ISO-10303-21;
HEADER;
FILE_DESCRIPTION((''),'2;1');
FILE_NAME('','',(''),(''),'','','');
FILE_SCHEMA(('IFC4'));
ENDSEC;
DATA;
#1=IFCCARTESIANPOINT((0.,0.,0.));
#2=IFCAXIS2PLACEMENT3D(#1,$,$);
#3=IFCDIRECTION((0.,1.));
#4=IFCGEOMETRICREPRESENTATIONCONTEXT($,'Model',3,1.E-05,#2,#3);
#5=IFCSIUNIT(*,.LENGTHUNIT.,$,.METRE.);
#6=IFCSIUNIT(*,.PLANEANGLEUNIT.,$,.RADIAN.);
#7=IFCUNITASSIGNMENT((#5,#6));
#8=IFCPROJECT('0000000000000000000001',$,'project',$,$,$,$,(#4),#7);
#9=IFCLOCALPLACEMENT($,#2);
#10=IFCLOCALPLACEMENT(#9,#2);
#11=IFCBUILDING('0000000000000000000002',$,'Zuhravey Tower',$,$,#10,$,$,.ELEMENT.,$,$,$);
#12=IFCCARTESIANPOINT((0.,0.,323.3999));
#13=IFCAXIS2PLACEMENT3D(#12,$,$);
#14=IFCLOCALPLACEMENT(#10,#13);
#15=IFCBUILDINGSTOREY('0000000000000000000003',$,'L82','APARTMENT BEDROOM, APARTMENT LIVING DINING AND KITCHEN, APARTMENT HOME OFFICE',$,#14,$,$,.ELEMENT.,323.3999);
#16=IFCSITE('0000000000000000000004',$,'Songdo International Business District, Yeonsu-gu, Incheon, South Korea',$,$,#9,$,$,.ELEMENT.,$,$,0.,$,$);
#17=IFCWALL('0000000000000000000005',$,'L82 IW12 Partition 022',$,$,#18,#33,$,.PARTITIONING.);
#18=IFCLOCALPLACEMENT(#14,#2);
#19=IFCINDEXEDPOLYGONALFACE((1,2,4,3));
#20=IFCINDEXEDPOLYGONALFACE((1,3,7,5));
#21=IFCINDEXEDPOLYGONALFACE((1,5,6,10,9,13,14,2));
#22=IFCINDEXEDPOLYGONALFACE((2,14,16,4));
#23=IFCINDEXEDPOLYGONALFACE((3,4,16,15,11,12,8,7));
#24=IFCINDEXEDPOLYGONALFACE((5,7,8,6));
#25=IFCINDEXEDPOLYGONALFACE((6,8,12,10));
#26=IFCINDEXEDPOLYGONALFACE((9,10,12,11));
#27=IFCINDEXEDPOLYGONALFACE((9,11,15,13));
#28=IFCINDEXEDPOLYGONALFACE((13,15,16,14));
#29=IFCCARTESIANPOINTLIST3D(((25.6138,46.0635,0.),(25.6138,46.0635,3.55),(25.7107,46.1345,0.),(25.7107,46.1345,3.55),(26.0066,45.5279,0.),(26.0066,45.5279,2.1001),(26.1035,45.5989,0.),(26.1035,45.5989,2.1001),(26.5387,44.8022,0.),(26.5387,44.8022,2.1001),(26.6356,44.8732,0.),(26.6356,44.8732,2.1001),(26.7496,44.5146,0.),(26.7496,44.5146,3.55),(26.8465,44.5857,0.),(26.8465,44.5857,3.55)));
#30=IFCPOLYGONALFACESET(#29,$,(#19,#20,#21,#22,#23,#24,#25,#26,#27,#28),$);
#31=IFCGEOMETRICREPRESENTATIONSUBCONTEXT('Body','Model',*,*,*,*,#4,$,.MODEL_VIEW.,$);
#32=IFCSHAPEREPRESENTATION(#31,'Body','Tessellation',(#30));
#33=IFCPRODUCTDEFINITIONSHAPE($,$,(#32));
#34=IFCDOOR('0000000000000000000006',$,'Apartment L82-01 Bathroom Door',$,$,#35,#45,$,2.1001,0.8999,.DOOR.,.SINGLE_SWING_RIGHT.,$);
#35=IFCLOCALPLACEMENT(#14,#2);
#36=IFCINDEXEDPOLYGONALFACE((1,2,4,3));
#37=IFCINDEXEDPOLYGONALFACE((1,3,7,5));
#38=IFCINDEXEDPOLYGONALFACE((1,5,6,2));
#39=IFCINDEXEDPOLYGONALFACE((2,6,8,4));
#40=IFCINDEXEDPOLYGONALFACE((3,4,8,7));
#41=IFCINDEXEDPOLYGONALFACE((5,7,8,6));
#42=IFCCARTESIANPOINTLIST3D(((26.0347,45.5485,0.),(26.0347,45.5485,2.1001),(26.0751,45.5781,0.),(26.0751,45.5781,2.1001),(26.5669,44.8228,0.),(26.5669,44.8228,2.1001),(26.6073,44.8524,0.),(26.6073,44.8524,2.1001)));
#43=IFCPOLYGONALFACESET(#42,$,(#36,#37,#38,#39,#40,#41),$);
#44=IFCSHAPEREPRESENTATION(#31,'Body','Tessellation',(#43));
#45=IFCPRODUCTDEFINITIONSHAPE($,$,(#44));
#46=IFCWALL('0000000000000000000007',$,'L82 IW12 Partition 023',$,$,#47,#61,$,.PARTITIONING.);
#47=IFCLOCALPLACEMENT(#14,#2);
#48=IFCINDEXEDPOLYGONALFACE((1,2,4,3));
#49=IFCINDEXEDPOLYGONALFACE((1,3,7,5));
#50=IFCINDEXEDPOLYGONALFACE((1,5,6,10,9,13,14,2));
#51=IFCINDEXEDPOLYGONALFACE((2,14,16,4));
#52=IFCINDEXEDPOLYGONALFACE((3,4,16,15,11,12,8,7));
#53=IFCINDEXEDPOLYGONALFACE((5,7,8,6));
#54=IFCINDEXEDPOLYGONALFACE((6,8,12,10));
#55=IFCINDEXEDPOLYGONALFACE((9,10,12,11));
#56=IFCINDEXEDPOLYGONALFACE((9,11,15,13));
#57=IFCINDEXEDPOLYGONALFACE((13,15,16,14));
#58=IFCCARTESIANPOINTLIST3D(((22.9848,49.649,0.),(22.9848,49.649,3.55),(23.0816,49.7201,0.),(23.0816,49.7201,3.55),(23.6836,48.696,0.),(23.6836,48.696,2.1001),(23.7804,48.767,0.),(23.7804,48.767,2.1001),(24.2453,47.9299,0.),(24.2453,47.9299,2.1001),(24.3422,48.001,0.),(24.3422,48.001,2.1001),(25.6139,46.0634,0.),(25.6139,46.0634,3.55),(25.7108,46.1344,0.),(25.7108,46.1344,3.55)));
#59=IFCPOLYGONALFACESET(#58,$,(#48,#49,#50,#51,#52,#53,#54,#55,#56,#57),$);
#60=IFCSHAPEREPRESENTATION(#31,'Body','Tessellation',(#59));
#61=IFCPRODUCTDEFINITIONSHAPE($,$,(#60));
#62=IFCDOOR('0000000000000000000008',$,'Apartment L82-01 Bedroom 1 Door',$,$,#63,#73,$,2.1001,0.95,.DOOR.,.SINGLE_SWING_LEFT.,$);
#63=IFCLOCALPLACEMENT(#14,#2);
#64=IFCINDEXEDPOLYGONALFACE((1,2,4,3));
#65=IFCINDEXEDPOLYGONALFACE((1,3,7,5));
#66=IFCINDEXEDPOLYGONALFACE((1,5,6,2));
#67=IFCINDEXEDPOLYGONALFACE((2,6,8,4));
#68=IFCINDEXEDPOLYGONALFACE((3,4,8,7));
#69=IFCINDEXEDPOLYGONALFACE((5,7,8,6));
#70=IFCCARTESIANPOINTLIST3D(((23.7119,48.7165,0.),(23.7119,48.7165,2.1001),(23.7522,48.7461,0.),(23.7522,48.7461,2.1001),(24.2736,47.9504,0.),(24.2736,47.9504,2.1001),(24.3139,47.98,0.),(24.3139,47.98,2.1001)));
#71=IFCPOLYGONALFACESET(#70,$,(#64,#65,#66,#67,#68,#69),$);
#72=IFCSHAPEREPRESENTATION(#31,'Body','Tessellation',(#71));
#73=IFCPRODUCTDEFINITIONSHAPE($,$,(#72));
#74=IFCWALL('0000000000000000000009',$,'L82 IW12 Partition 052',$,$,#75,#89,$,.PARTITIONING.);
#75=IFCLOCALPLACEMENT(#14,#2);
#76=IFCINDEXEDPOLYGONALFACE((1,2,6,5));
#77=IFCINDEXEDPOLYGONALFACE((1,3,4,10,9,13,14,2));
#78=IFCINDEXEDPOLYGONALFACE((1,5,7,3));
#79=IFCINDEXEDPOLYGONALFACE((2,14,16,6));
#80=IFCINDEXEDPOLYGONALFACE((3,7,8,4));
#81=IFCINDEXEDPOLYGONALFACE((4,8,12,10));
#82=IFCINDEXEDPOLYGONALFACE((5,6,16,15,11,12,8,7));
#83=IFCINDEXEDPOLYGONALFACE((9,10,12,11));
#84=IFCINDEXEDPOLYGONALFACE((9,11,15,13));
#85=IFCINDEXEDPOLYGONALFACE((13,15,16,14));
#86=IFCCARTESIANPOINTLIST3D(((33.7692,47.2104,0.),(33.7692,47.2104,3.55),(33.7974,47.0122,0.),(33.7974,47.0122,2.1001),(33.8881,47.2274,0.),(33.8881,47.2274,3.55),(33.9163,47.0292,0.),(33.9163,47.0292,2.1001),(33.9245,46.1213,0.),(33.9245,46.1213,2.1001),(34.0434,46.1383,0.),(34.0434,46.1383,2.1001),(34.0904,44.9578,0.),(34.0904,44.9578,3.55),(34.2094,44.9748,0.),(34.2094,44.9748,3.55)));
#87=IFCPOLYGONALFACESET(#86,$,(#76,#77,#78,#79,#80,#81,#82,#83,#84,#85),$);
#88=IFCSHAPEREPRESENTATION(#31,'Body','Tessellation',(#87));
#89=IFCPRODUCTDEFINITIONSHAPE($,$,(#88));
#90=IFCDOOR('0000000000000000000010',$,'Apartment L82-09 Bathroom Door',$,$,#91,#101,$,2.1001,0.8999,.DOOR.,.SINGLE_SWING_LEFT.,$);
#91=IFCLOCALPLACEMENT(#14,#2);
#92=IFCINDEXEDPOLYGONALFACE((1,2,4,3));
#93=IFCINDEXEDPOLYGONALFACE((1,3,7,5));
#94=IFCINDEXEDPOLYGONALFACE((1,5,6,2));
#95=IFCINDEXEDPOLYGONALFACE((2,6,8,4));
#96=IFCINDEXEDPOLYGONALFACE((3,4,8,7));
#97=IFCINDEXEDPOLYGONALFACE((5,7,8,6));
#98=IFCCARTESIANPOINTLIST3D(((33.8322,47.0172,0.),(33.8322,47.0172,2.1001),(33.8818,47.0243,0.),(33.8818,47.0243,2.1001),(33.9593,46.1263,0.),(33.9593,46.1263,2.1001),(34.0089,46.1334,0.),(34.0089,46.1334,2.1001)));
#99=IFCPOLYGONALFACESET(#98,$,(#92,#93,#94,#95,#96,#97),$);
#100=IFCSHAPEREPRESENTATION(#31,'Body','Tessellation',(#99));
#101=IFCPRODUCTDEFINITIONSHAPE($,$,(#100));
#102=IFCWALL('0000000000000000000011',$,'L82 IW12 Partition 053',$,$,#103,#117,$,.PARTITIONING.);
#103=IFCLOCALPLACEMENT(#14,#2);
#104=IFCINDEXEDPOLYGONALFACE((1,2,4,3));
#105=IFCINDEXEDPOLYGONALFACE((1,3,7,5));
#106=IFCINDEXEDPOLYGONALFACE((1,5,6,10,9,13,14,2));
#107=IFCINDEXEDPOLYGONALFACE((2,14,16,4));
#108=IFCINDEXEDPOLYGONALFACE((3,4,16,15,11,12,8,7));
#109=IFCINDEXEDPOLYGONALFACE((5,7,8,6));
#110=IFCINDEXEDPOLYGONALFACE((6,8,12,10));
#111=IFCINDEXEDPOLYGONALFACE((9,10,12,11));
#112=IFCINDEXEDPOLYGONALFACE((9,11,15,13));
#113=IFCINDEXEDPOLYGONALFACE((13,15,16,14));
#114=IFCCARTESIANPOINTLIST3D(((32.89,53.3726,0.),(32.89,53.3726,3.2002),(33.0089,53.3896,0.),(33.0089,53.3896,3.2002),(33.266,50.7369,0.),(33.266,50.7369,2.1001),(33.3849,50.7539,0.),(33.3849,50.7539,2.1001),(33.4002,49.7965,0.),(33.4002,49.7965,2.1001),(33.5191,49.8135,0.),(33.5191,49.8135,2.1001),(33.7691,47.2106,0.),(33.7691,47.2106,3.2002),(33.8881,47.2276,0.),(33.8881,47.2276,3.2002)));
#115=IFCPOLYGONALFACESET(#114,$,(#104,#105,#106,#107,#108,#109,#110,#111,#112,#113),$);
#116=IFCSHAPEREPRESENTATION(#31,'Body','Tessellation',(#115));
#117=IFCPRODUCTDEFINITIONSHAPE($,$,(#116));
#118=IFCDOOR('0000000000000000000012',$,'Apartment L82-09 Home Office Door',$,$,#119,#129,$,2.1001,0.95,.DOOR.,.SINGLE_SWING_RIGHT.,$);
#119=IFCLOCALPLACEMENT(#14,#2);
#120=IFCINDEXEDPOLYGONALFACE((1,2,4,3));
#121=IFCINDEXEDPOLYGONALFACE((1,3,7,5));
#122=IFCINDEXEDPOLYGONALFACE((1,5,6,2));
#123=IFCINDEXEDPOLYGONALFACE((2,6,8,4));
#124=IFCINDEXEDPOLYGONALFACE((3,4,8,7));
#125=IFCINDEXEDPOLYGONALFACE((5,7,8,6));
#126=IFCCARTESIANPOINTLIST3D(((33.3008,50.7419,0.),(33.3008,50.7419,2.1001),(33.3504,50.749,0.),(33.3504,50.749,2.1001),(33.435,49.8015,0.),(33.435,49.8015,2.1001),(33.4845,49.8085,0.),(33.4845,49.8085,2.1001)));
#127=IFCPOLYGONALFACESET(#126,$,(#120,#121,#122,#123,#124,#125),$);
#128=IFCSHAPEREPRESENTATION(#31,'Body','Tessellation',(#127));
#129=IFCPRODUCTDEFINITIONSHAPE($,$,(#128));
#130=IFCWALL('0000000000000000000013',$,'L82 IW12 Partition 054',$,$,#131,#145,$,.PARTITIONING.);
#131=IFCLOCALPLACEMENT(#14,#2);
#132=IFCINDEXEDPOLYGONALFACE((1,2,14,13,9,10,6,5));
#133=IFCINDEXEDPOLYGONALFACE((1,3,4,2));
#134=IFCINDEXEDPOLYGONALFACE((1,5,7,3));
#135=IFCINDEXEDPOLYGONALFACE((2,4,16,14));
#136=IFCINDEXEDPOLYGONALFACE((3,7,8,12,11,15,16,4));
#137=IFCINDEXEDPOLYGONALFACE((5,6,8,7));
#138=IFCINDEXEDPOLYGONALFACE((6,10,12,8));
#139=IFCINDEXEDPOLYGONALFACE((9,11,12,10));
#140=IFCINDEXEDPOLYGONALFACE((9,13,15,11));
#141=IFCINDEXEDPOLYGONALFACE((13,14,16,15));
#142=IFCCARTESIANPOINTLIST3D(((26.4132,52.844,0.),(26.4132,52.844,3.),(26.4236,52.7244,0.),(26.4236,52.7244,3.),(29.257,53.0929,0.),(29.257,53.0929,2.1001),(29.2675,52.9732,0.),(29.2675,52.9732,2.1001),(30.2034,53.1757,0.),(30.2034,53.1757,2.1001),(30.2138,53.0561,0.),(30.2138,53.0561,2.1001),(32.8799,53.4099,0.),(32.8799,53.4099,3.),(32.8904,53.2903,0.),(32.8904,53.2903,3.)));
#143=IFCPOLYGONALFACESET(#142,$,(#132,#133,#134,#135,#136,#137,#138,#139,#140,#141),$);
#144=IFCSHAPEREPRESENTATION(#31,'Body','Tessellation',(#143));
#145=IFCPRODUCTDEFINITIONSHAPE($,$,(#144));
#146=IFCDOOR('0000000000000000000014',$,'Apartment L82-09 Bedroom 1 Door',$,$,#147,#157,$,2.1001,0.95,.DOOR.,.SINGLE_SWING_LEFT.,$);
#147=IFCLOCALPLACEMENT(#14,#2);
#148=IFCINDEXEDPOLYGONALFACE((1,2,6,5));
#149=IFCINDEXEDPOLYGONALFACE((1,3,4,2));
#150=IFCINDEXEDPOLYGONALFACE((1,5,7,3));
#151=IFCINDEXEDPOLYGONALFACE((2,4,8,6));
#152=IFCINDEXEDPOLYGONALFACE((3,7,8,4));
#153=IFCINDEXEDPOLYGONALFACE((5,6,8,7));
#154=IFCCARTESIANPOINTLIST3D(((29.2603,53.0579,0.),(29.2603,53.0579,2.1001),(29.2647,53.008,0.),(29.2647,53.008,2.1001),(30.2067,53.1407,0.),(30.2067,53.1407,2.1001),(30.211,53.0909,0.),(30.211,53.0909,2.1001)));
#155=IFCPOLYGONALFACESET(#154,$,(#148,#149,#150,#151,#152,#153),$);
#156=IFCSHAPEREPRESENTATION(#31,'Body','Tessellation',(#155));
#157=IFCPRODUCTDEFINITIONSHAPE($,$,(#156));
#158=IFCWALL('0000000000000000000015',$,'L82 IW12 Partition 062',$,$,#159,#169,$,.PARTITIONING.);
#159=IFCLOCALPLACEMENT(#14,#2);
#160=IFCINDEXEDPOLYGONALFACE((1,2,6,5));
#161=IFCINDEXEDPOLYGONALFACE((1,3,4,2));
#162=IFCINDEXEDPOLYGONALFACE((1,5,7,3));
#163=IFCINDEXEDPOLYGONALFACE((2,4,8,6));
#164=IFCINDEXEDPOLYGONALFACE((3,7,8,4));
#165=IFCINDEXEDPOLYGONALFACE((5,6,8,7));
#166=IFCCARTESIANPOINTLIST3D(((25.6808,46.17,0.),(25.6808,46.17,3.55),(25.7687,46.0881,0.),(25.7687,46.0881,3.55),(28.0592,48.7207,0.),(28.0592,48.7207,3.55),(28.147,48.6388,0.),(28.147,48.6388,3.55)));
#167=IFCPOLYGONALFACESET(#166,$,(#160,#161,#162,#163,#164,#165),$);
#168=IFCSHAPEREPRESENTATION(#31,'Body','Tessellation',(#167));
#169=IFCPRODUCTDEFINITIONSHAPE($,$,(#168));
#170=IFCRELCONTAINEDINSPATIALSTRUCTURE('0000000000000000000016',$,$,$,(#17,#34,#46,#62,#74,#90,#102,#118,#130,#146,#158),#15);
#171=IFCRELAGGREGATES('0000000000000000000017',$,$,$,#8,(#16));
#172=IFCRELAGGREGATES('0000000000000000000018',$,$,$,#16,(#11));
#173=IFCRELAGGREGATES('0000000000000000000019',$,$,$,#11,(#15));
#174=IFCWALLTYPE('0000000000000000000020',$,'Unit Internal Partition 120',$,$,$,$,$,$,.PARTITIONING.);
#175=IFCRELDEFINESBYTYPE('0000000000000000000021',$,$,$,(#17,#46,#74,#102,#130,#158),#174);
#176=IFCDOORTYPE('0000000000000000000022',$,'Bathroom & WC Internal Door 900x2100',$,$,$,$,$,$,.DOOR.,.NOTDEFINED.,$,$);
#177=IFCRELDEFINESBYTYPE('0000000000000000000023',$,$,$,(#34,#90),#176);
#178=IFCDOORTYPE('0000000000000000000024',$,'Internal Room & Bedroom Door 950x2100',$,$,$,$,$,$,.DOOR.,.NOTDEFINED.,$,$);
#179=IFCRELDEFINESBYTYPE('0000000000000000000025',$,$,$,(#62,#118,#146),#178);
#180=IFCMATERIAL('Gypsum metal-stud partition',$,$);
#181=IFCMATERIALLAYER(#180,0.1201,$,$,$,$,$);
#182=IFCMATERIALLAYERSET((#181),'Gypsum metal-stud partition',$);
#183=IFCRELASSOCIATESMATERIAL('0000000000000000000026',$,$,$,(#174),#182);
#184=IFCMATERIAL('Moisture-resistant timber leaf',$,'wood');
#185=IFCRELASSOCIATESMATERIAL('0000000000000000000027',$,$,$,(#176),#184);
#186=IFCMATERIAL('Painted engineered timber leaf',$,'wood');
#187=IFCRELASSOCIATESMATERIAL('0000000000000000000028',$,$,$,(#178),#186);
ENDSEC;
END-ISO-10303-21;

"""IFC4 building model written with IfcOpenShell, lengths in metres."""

from ifc_helpers import new_model, si_unit, direction, frame, frame_2d, origin, place, context, subcontext, project, spatial, rectangle, extrude, material, layer, layer_set, type_object, element, fill, save


model = new_model("IFC4")

# Units and contexts
model_context = context("Model", 3, precision=1e-05, world=origin(), true_north=direction((0.0, 1.0)))
body_context = subcontext(model_context, "Body", "Model", "MODEL_VIEW")
ifc_project = project(units=[si_unit("LENGTHUNIT", "METRE"), si_unit("PLANEANGLEUNIT", "RADIAN")], contexts=[model_context])

# Site, building, storey
site_placement = place(None, origin())
site = spatial("IfcSite", under=ifc_project, at=site_placement, Name="Songdo International Business District, Yeonsu-gu, Incheon, South Korea", CompositionType="ELEMENT", RefElevation=0.0)
building_placement = place(site_placement, origin())
building = spatial("IfcBuilding", under=site, at=building_placement, Name="Zuhravey Tower", CompositionType="ELEMENT")
storey_placement = place(building_placement, frame((0.0, 0.0, 323.3999)))
storey = spatial("IfcBuildingStorey", under=building, at=storey_placement, Name="L82", Description="APARTMENT BEDROOM, APARTMENT LIVING DINING AND KITCHEN, APARTMENT HOME OFFICE", CompositionType="ELEMENT", Elevation=323.3999)

# Walls, openings, doors
ifc_material_1 = material(Name="Gypsum metal-stud partition")
ifc_layer_1 = layer(ifc_material_1, 0.1201)
ifc_layer_set_1 = layer_set([ifc_layer_1], Name="Gypsum metal-stud partition")
wall_type_1 = type_object("IfcWallType", Name="Unit Internal Partition 120", PredefinedType="PARTITIONING", material=ifc_layer_set_1)
wall_1_placement = place(storey_placement, frame((26.7981, 44.55, 0.0), z_axis=(0.0, 0.0, 1.0), x_axis=(-0.591342, 0.806421, 0.0)))
wall_1 = element("IfcWall", 1, at=wall_1_placement, inside=storey, type_object=wall_type_1, Name="L82 IW12 Partition 022", PredefinedType="PARTITIONING", context=body_context, shape_type="SweptSolid", body=[
    extrude(rectangle(XDim=1.9207, YDim=0.1201, at=frame_2d((0.9604, 0.0))), origin(), (0.0, 0.0, 1.0), 3.55),
])
opening_1_placement = place(wall_1_placement, frame((0.3567, 0.0, 0.0)))
opening_1 = element("IfcOpeningElement", 2, at=opening_1_placement, cuts=wall_1, PredefinedType="OPENING", context=body_context, shape_type="SweptSolid", body=[
    extrude(rectangle(XDim=0.8999, YDim=2.1001, at=frame_2d((0.45, 1.05))), frame((0.0, 0.072, 0.0), z_axis=(0.0, -1.0, 0.0), x_axis=(1.0, 0.0, 0.0)), (0.0, 0.0, 1.0), 0.144),
])
ifc_material_2 = material(Name="Moisture-resistant timber leaf", Category="wood")
door_type_1 = type_object("IfcDoorType", Name="Bathroom & WC Internal Door 900x2100", OperationType="NOTDEFINED", PredefinedType="DOOR", material=ifc_material_2)
door_1_placement = place(opening_1_placement, frame((0.8999, 0.0, 0.0), z_axis=(0.0, 0.0, 1.0), x_axis=(-1.0, 0.0, 0.0)))
door_1 = element("IfcDoor", 3, at=door_1_placement, inside=storey, type_object=door_type_1, Name="Apartment L82-01 Bathroom Door", OperationType="SINGLE_SWING_RIGHT", OverallHeight=2.1001, OverallWidth=0.8999, PredefinedType="DOOR", context=body_context, shape_type="SweptSolid", body=[
    extrude(rectangle(XDim=0.8999, YDim=2.1001, at=frame_2d((0.45, 1.05))), frame((0.0, 0.0249, 0.0), z_axis=(0.0, -1.0, 0.0), x_axis=(1.0, 0.0, 0.0)), (0.0, 0.0, 1.0), 0.05),
])
fill(opening_1, door_1)
wall_2_placement = place(storey_placement, frame((25.6624, 46.0989, 0.0), z_axis=(0.0, 0.0, 1.0), x_axis=(-0.591311, 0.806443, 0.0)))
wall_2 = element("IfcWall", 4, at=wall_2_placement, inside=storey, type_object=wall_type_1, Name="L82 IW12 Partition 023", PredefinedType="PARTITIONING", context=body_context, shape_type="SweptSolid", body=[
    extrude(rectangle(XDim=4.4463, YDim=0.1201, at=frame_2d((2.2231, 0.0))), origin(), (0.0, 0.0, 1.0), 3.55),
])
opening_2_placement = place(wall_2_placement, frame((2.3145, 0.0, 0.0)))
opening_2 = element("IfcOpeningElement", 5, at=opening_2_placement, cuts=wall_2, PredefinedType="OPENING", context=body_context, shape_type="SweptSolid", body=[
    extrude(rectangle(XDim=0.95, YDim=2.1001, at=frame_2d((0.4751, 1.05))), frame((0.0, 0.072, 0.0), z_axis=(0.0, -1.0, 0.0), x_axis=(1.0, 0.0, 0.0)), (0.0, 0.0, 1.0), 0.144),
])
ifc_material_3 = material(Name="Painted engineered timber leaf", Category="wood")
door_type_2 = type_object("IfcDoorType", Name="Internal Room & Bedroom Door 950x2100", OperationType="NOTDEFINED", PredefinedType="DOOR", material=ifc_material_3)
door_2_placement = place(opening_2_placement, frame((0.95, 0.0, 0.0), z_axis=(0.0, 0.0, 1.0), x_axis=(-1.0, 0.0, 0.0)))
door_2 = element("IfcDoor", 6, at=door_2_placement, inside=storey, type_object=door_type_2, Name="Apartment L82-01 Bedroom 1 Door", OperationType="SINGLE_SWING_LEFT", OverallHeight=2.1001, OverallWidth=0.95, PredefinedType="DOOR", context=body_context, shape_type="SweptSolid", body=[
    extrude(rectangle(XDim=0.95, YDim=2.1001, at=frame_2d((0.4751, 1.05))), frame((0.0, 0.0249, 0.0), z_axis=(0.0, -1.0, 0.0), x_axis=(1.0, 0.0, 0.0)), (0.0, 0.0, 1.0), 0.05),
])
fill(opening_2, door_2)
wall_3_placement = place(storey_placement, frame((34.1499, 44.9663, 0.0), z_axis=(0.0, 0.0, 1.0), x_axis=(-0.141196, 0.989982, 0.0)))
wall_3 = element("IfcWall", 7, at=wall_3_placement, inside=storey, type_object=wall_type_1, Name="L82 IW12 Partition 052", PredefinedType="PARTITIONING", context=body_context, shape_type="SweptSolid", body=[
    extrude(rectangle(XDim=2.2754, YDim=0.1201, at=frame_2d((1.1377, 0.0))), origin(), (0.0, 0.0, 1.0), 3.55),
])
opening_3_placement = place(wall_3_placement, frame((1.1753, 0.0, 0.0)))
opening_3 = element("IfcOpeningElement", 8, at=opening_3_placement, cuts=wall_3, PredefinedType="OPENING", context=body_context, shape_type="SweptSolid", body=[
    extrude(rectangle(XDim=0.8999, YDim=2.1001, at=frame_2d((0.45, 1.05))), frame((0.0, 0.072, 0.0), z_axis=(0.0, -1.0, 0.0), x_axis=(1.0, 0.0, 0.0)), (0.0, 0.0, 1.0), 0.144),
])
door_3_placement = place(opening_3_placement, origin())
door_3 = element("IfcDoor", 9, at=door_3_placement, inside=storey, type_object=door_type_1, Name="Apartment L82-09 Bathroom Door", OperationType="SINGLE_SWING_LEFT", OverallHeight=2.1001, OverallWidth=0.8999, PredefinedType="DOOR", context=body_context, shape_type="SweptSolid", body=[
    extrude(rectangle(XDim=0.8999, YDim=2.1001, at=frame_2d((0.45, 1.05))), frame((0.0, 0.0249, 0.0), z_axis=(0.0, -1.0, 0.0), x_axis=(1.0, 0.0, 0.0)), (0.0, 0.0, 1.0), 0.05),
])
fill(opening_3, door_3)
wall_4_placement = place(storey_placement, frame((33.8286, 47.219, 0.0), z_axis=(0.0, 0.0, 1.0), x_axis=(-0.141246, 0.989975, 0.0)))
wall_4 = element("IfcWall", 10, at=wall_4_placement, inside=storey, type_object=wall_type_1, Name="L82 IW12 Partition 053", PredefinedType="PARTITIONING", context=body_context, shape_type="SweptSolid", body=[
    extrude(rectangle(XDim=6.2244, YDim=0.1201, at=frame_2d((3.1123, 0.0))), origin(), (0.0, 0.0, 1.0), 3.2002),
])
opening_4_placement = place(wall_4_placement, frame((2.6121, 0.0, 0.0)))
opening_4 = element("IfcOpeningElement", 11, at=opening_4_placement, cuts=wall_4, PredefinedType="OPENING", context=body_context, shape_type="SweptSolid", body=[
    extrude(rectangle(XDim=0.95, YDim=2.1001, at=frame_2d((0.4751, 1.05))), frame((0.0, 0.072, 0.0), z_axis=(0.0, -1.0, 0.0), x_axis=(1.0, 0.0, 0.0)), (0.0, 0.0, 1.0), 0.144),
])
door_4_placement = place(opening_4_placement, origin())
door_4 = element("IfcDoor", 12, at=door_4_placement, inside=storey, type_object=door_type_2, Name="Apartment L82-09 Home Office Door", OperationType="SINGLE_SWING_RIGHT", OverallHeight=2.1001, OverallWidth=0.95, PredefinedType="DOOR", context=body_context, shape_type="SweptSolid", body=[
    extrude(rectangle(XDim=0.95, YDim=2.1001, at=frame_2d((0.4751, 1.05))), frame((0.0, 0.0249, 0.0), z_axis=(0.0, -1.0, 0.0), x_axis=(1.0, 0.0, 0.0)), (0.0, 0.0, 1.0), 0.05),
])
fill(opening_4, door_4)
wall_5_placement = place(storey_placement, frame((32.885, 53.3501, 0.0), z_axis=(0.0, 0.0, 1.0), x_axis=(-0.996193, -0.087178, 0.0)))
wall_5 = element("IfcWall", 13, at=wall_5_placement, inside=storey, type_object=wall_type_1, Name="L82 IW12 Partition 054", PredefinedType="PARTITIONING", context=body_context, shape_type="SweptSolid", body=[
    extrude(rectangle(XDim=6.4915, YDim=0.1201, at=frame_2d((3.2456, 0.0))), origin(), (0.0, 0.0, 1.0), 3.0),
])
opening_5_placement = place(wall_5_placement, frame((2.6865, 0.0, 0.0)))
opening_5 = element("IfcOpeningElement", 14, at=opening_5_placement, cuts=wall_5, PredefinedType="OPENING", context=body_context, shape_type="SweptSolid", body=[
    extrude(rectangle(XDim=0.95, YDim=2.1001, at=frame_2d((0.4751, 1.05))), frame((0.0, 0.072, 0.0), z_axis=(0.0, -1.0, 0.0), x_axis=(1.0, 0.0, 0.0)), (0.0, 0.0, 1.0), 0.144),
])
door_5_placement = place(opening_5_placement, frame((0.95, 0.0, 0.0), z_axis=(0.0, 0.0, 1.0), x_axis=(-1.0, 0.0, 0.0)))
door_5 = element("IfcDoor", 15, at=door_5_placement, inside=storey, type_object=door_type_2, Name="Apartment L82-09 Bedroom 1 Door", OperationType="SINGLE_SWING_LEFT", OverallHeight=2.1001, OverallWidth=0.95, PredefinedType="DOOR", context=body_context, shape_type="SweptSolid", body=[
    extrude(rectangle(XDim=0.95, YDim=2.1001, at=frame_2d((0.4751, 1.05))), frame((0.0, 0.0249, 0.0), z_axis=(0.0, -1.0, 0.0), x_axis=(1.0, 0.0, 0.0)), (0.0, 0.0, 1.0), 0.05),
])
fill(opening_5, door_5)

# Wall
wall_6_placement = place(storey_placement, frame((28.103, 48.6797, 0.0), z_axis=(0.0, 0.0, 1.0), x_axis=(-0.681964, -0.731386, 0.0)))
element("IfcWall", 16, at=wall_6_placement, inside=storey, type_object=wall_type_1, Name="L82 IW12 Partition 062", PredefinedType="PARTITIONING", context=body_context, shape_type="SweptSolid", body=[
    extrude(rectangle(XDim=3.4875, YDim=0.1201, at=frame_2d((1.7437, 0.0))), origin(), (0.0, 0.0, 1.0), 3.55),
])

save(model, "model.ifc")
